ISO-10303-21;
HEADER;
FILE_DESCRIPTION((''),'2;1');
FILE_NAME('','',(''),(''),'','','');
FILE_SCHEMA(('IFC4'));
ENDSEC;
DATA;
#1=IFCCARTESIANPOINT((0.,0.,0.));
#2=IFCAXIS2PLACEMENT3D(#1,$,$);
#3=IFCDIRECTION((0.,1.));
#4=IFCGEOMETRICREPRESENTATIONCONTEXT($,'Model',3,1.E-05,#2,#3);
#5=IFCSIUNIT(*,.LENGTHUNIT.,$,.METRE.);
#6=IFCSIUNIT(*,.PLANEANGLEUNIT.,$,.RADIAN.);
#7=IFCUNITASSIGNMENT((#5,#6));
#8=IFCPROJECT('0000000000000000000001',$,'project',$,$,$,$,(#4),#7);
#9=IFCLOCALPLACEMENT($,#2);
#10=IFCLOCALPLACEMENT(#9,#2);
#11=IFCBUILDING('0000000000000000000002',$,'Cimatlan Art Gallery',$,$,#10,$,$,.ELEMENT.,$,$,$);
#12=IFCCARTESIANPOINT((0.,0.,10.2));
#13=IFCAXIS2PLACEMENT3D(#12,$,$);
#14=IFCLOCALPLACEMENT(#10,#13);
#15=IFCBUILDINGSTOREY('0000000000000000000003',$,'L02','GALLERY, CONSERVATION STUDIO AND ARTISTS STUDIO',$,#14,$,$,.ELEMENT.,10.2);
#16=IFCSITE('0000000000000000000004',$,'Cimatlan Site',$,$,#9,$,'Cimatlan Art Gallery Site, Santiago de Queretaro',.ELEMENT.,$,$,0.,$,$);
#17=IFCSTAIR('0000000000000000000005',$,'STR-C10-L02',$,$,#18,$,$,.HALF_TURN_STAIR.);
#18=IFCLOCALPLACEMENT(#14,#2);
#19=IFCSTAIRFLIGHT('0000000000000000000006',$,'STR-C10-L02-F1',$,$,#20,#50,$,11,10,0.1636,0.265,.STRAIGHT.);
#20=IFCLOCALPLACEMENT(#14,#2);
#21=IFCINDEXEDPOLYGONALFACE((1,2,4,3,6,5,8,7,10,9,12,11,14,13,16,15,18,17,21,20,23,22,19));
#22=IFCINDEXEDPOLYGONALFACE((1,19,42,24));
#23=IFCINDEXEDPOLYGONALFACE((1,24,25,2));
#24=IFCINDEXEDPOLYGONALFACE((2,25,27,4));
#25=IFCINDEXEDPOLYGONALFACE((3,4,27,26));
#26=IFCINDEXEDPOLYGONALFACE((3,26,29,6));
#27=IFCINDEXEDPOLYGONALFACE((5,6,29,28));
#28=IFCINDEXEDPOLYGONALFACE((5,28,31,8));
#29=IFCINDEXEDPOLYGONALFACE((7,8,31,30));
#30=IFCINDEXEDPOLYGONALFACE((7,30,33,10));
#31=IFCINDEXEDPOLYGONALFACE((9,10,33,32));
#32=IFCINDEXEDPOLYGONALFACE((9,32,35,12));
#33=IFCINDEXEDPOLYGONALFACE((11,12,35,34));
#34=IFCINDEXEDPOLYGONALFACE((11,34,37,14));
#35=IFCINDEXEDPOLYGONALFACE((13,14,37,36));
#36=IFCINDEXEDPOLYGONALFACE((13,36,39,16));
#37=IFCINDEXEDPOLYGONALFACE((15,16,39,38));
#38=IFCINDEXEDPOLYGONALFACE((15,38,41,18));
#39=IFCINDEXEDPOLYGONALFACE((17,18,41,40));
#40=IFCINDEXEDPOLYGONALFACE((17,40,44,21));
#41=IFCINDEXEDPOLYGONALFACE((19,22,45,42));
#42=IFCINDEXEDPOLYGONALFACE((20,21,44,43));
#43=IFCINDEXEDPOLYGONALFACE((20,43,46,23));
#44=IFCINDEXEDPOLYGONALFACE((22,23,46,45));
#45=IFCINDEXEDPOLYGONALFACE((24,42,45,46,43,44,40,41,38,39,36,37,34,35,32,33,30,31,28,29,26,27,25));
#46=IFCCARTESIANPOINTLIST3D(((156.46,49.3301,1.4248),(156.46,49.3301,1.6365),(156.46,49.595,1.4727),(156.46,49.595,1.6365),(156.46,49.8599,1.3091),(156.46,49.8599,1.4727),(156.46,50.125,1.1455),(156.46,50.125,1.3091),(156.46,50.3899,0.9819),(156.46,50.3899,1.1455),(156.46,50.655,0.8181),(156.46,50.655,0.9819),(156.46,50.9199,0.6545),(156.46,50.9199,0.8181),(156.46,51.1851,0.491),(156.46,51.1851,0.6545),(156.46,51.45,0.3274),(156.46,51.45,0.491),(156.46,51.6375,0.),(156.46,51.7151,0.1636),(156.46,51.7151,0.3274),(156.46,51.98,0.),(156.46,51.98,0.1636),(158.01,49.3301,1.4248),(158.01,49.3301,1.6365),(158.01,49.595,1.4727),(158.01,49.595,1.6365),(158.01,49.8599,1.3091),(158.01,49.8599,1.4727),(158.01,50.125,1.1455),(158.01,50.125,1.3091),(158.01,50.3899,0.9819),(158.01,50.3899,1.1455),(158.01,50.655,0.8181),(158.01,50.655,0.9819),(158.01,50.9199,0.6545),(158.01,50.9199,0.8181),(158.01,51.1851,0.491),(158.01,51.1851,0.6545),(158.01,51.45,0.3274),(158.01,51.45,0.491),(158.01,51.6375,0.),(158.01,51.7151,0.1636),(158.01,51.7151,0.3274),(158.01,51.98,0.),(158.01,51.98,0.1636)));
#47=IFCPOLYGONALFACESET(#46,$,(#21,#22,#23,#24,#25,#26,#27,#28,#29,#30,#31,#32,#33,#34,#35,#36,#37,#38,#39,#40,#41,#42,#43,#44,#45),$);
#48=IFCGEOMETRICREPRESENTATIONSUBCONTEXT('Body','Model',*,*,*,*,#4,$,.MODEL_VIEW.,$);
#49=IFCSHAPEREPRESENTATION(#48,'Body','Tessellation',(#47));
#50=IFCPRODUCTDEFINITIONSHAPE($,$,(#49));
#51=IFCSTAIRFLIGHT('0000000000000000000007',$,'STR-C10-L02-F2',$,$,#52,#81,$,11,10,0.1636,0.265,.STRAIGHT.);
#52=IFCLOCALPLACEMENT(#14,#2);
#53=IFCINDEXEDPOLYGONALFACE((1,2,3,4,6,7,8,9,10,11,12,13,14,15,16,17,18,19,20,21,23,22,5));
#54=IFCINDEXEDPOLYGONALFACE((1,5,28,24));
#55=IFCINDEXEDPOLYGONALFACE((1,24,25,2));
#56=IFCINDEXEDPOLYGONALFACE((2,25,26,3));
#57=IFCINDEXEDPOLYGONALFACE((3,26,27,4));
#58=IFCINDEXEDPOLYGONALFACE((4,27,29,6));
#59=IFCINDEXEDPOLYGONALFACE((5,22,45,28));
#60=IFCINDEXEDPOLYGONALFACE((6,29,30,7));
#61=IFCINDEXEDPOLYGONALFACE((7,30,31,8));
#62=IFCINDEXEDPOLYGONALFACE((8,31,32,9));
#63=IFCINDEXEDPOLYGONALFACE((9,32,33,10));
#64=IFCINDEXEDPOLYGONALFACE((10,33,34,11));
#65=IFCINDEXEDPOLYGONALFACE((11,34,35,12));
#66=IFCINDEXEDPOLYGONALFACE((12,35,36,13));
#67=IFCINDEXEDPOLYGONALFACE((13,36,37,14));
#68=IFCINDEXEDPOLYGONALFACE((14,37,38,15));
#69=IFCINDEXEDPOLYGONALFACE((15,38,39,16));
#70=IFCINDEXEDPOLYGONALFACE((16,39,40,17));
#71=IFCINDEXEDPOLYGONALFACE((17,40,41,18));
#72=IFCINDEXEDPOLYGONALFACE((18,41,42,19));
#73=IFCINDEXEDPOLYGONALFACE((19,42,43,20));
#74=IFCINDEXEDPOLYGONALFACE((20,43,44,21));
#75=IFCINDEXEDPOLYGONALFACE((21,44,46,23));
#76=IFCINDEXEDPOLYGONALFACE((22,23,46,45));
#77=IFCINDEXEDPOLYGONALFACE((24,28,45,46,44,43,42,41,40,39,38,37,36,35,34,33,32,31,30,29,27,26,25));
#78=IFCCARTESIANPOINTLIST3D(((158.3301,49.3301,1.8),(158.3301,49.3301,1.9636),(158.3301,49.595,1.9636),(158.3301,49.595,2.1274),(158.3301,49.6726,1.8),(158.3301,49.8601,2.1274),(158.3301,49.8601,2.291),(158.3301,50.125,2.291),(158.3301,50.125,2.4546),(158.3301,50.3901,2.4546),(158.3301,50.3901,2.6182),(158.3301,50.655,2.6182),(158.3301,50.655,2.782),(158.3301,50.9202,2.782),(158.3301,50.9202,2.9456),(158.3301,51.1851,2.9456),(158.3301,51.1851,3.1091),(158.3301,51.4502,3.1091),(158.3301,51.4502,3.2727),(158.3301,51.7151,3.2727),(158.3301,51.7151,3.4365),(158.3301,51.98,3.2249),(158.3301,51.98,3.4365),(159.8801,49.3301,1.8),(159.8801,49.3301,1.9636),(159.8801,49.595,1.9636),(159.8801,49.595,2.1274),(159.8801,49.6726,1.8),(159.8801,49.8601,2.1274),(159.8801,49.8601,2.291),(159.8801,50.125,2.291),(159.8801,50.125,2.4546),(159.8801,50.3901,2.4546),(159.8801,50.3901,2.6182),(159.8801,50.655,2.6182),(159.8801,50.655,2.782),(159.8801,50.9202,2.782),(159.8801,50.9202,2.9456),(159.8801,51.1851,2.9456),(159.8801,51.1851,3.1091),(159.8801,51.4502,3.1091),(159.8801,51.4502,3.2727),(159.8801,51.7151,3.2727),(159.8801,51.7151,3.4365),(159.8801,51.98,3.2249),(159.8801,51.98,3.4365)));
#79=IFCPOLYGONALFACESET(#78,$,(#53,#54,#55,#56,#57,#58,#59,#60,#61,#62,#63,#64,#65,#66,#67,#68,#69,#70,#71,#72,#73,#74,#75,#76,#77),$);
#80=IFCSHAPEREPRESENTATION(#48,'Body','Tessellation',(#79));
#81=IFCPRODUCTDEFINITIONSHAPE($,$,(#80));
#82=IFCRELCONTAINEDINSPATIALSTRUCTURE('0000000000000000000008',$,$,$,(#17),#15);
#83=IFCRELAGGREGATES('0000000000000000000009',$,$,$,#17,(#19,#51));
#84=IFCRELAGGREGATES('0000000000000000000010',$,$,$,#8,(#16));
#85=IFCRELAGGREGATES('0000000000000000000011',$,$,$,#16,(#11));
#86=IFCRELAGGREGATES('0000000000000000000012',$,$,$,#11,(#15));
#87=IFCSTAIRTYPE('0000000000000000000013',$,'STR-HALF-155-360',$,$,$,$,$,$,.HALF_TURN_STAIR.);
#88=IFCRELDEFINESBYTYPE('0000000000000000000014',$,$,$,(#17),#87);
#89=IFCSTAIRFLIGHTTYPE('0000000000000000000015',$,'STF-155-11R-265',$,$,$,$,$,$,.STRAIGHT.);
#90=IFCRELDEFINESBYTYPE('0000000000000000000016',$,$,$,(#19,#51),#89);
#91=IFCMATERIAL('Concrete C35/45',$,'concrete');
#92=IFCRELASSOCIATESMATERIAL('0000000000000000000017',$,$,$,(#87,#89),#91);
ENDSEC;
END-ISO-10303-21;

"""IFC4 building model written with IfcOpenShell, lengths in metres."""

from ifc_helpers import new_model, si_unit, direction, frame, origin, place, context, subcontext, project, spatial, polyline, outline, extrude, material, type_object, element, aggregate, save


model = new_model("IFC4")

# Units and contexts
model_context = context("Model", 3, precision=1e-05, world=origin(), true_north=direction((0.0, 1.0)))
body_context = subcontext(model_context, "Body", "Model", "MODEL_VIEW")
ifc_project = project(units=[si_unit("LENGTHUNIT", "METRE"), si_unit("PLANEANGLEUNIT", "RADIAN")], contexts=[model_context])

# Site, building, storey
site_placement = place(None, origin())
site = spatial("IfcSite", under=ifc_project, at=site_placement, Name="Cimatlan Site", LongName="Cimatlan Art Gallery Site, Santiago de Queretaro", CompositionType="ELEMENT", RefElevation=0.0)
building_placement = place(site_placement, origin())
building = spatial("IfcBuilding", under=site, at=building_placement, Name="Cimatlan Art Gallery", CompositionType="ELEMENT")
storey_placement = place(building_placement, frame((0.0, 0.0, 10.2)))
storey = spatial("IfcBuildingStorey", under=building, at=storey_placement, Name="L02", Description="GALLERY, CONSERVATION STUDIO AND ARTISTS STUDIO", CompositionType="ELEMENT", Elevation=10.2)

# Stair, stair flights
ifc_material_1 = material(Name="Concrete C35/45", Category="concrete")
stair_type = type_object("IfcStairType", Name="STR-HALF-155-360", PredefinedType="HALF_TURN_STAIR", material=ifc_material_1)
stair_placement = place(storey_placement, origin())
stair = element("IfcStair", 1, at=stair_placement, inside=storey, type_object=stair_type, Name="STR-C10-L02", PredefinedType="HALF_TURN_STAIR")
stair_flight_type = type_object("IfcStairFlightType", Name="STF-155-11R-265", PredefinedType="STRAIGHT", material=ifc_material_1)
stair_flight_1_placement = place(storey_placement, frame((157.2351, 51.98, 0.0), z_axis=(0.0, 0.0, 1.0), x_axis=(0.0, -1.0, 0.0)))
stair_flight_1 = element("IfcStairFlight", 2, at=stair_flight_1_placement, type_object=stair_flight_type, Name="STR-C10-L02-F1", NumberOfRisers=11, NumberOfTreads=10, PredefinedType="STRAIGHT", RiserHeight=0.1636, TreadLength=0.265, context=body_context, shape_type="SweptSolid", body=[
    extrude(outline(polyline([(0.0, 0.0), (0.0, 0.1636), (0.2649, 0.1636), (0.2649, 0.3274), (0.53, 0.3274), (0.53, 0.491), (0.7949, 0.491), (0.7949, 0.6545), (1.0601, 0.6545), (1.0601, 0.8181), (1.325, 0.8181), (1.325, 0.9819), (1.5901, 0.9819), (1.5901, 1.1455), (1.855, 1.1455), (1.855, 1.3091), (2.1201, 1.3091), (2.1201, 1.4727), (2.385, 1.4727), (2.385, 1.6365), (2.6499, 1.6365), (2.6499, 1.8), (2.6499, 1.4248), (0.3425, 0.0), (0.0, 0.0)])), frame((0.0, 0.7749, 0.0), z_axis=(0.0, -1.0, 0.0), x_axis=(1.0, 0.0, 0.0)), (0.0, 0.0, 1.0), 1.55),
])
stair_flight_2_placement = place(storey_placement, frame((159.105, 49.3301, 1.8), z_axis=(0.0, 0.0, 1.0), x_axis=(0.0, 1.0, 0.0)))
stair_flight_2 = element("IfcStairFlight", 3, at=stair_flight_2_placement, type_object=stair_flight_type, Name="STR-C10-L02-F2", NumberOfRisers=11, NumberOfTreads=10, PredefinedType="STRAIGHT", RiserHeight=0.1636, TreadLength=0.265, context=body_context, shape_type="SweptSolid", body=[
    extrude(outline(polyline([(0.0, 0.0), (0.0, 0.1636), (0.2649, 0.1636), (0.2649, 0.3274), (0.53, 0.3274), (0.53, 0.491), (0.7949, 0.491), (0.7949, 0.6545), (1.0601, 0.6545), (1.0601, 0.8181), (1.325, 0.8181), (1.325, 0.9819), (1.5901, 0.9819), (1.5901, 1.1455), (1.855, 1.1455), (1.855, 1.3091), (2.1201, 1.3091), (2.1201, 1.4727), (2.385, 1.4727), (2.385, 1.6365), (2.6499, 1.6365), (2.6499, 1.8), (2.6499, 1.4248), (0.3425, 0.0), (0.0, 0.0)])), frame((0.0, 0.7749, 0.0), z_axis=(0.0, -1.0, 0.0), x_axis=(1.0, 0.0, 0.0)), (0.0, 0.0, 1.0), 1.55),
])
aggregate(stair, [stair_flight_1, stair_flight_2])

save(model, "model.ifc")
